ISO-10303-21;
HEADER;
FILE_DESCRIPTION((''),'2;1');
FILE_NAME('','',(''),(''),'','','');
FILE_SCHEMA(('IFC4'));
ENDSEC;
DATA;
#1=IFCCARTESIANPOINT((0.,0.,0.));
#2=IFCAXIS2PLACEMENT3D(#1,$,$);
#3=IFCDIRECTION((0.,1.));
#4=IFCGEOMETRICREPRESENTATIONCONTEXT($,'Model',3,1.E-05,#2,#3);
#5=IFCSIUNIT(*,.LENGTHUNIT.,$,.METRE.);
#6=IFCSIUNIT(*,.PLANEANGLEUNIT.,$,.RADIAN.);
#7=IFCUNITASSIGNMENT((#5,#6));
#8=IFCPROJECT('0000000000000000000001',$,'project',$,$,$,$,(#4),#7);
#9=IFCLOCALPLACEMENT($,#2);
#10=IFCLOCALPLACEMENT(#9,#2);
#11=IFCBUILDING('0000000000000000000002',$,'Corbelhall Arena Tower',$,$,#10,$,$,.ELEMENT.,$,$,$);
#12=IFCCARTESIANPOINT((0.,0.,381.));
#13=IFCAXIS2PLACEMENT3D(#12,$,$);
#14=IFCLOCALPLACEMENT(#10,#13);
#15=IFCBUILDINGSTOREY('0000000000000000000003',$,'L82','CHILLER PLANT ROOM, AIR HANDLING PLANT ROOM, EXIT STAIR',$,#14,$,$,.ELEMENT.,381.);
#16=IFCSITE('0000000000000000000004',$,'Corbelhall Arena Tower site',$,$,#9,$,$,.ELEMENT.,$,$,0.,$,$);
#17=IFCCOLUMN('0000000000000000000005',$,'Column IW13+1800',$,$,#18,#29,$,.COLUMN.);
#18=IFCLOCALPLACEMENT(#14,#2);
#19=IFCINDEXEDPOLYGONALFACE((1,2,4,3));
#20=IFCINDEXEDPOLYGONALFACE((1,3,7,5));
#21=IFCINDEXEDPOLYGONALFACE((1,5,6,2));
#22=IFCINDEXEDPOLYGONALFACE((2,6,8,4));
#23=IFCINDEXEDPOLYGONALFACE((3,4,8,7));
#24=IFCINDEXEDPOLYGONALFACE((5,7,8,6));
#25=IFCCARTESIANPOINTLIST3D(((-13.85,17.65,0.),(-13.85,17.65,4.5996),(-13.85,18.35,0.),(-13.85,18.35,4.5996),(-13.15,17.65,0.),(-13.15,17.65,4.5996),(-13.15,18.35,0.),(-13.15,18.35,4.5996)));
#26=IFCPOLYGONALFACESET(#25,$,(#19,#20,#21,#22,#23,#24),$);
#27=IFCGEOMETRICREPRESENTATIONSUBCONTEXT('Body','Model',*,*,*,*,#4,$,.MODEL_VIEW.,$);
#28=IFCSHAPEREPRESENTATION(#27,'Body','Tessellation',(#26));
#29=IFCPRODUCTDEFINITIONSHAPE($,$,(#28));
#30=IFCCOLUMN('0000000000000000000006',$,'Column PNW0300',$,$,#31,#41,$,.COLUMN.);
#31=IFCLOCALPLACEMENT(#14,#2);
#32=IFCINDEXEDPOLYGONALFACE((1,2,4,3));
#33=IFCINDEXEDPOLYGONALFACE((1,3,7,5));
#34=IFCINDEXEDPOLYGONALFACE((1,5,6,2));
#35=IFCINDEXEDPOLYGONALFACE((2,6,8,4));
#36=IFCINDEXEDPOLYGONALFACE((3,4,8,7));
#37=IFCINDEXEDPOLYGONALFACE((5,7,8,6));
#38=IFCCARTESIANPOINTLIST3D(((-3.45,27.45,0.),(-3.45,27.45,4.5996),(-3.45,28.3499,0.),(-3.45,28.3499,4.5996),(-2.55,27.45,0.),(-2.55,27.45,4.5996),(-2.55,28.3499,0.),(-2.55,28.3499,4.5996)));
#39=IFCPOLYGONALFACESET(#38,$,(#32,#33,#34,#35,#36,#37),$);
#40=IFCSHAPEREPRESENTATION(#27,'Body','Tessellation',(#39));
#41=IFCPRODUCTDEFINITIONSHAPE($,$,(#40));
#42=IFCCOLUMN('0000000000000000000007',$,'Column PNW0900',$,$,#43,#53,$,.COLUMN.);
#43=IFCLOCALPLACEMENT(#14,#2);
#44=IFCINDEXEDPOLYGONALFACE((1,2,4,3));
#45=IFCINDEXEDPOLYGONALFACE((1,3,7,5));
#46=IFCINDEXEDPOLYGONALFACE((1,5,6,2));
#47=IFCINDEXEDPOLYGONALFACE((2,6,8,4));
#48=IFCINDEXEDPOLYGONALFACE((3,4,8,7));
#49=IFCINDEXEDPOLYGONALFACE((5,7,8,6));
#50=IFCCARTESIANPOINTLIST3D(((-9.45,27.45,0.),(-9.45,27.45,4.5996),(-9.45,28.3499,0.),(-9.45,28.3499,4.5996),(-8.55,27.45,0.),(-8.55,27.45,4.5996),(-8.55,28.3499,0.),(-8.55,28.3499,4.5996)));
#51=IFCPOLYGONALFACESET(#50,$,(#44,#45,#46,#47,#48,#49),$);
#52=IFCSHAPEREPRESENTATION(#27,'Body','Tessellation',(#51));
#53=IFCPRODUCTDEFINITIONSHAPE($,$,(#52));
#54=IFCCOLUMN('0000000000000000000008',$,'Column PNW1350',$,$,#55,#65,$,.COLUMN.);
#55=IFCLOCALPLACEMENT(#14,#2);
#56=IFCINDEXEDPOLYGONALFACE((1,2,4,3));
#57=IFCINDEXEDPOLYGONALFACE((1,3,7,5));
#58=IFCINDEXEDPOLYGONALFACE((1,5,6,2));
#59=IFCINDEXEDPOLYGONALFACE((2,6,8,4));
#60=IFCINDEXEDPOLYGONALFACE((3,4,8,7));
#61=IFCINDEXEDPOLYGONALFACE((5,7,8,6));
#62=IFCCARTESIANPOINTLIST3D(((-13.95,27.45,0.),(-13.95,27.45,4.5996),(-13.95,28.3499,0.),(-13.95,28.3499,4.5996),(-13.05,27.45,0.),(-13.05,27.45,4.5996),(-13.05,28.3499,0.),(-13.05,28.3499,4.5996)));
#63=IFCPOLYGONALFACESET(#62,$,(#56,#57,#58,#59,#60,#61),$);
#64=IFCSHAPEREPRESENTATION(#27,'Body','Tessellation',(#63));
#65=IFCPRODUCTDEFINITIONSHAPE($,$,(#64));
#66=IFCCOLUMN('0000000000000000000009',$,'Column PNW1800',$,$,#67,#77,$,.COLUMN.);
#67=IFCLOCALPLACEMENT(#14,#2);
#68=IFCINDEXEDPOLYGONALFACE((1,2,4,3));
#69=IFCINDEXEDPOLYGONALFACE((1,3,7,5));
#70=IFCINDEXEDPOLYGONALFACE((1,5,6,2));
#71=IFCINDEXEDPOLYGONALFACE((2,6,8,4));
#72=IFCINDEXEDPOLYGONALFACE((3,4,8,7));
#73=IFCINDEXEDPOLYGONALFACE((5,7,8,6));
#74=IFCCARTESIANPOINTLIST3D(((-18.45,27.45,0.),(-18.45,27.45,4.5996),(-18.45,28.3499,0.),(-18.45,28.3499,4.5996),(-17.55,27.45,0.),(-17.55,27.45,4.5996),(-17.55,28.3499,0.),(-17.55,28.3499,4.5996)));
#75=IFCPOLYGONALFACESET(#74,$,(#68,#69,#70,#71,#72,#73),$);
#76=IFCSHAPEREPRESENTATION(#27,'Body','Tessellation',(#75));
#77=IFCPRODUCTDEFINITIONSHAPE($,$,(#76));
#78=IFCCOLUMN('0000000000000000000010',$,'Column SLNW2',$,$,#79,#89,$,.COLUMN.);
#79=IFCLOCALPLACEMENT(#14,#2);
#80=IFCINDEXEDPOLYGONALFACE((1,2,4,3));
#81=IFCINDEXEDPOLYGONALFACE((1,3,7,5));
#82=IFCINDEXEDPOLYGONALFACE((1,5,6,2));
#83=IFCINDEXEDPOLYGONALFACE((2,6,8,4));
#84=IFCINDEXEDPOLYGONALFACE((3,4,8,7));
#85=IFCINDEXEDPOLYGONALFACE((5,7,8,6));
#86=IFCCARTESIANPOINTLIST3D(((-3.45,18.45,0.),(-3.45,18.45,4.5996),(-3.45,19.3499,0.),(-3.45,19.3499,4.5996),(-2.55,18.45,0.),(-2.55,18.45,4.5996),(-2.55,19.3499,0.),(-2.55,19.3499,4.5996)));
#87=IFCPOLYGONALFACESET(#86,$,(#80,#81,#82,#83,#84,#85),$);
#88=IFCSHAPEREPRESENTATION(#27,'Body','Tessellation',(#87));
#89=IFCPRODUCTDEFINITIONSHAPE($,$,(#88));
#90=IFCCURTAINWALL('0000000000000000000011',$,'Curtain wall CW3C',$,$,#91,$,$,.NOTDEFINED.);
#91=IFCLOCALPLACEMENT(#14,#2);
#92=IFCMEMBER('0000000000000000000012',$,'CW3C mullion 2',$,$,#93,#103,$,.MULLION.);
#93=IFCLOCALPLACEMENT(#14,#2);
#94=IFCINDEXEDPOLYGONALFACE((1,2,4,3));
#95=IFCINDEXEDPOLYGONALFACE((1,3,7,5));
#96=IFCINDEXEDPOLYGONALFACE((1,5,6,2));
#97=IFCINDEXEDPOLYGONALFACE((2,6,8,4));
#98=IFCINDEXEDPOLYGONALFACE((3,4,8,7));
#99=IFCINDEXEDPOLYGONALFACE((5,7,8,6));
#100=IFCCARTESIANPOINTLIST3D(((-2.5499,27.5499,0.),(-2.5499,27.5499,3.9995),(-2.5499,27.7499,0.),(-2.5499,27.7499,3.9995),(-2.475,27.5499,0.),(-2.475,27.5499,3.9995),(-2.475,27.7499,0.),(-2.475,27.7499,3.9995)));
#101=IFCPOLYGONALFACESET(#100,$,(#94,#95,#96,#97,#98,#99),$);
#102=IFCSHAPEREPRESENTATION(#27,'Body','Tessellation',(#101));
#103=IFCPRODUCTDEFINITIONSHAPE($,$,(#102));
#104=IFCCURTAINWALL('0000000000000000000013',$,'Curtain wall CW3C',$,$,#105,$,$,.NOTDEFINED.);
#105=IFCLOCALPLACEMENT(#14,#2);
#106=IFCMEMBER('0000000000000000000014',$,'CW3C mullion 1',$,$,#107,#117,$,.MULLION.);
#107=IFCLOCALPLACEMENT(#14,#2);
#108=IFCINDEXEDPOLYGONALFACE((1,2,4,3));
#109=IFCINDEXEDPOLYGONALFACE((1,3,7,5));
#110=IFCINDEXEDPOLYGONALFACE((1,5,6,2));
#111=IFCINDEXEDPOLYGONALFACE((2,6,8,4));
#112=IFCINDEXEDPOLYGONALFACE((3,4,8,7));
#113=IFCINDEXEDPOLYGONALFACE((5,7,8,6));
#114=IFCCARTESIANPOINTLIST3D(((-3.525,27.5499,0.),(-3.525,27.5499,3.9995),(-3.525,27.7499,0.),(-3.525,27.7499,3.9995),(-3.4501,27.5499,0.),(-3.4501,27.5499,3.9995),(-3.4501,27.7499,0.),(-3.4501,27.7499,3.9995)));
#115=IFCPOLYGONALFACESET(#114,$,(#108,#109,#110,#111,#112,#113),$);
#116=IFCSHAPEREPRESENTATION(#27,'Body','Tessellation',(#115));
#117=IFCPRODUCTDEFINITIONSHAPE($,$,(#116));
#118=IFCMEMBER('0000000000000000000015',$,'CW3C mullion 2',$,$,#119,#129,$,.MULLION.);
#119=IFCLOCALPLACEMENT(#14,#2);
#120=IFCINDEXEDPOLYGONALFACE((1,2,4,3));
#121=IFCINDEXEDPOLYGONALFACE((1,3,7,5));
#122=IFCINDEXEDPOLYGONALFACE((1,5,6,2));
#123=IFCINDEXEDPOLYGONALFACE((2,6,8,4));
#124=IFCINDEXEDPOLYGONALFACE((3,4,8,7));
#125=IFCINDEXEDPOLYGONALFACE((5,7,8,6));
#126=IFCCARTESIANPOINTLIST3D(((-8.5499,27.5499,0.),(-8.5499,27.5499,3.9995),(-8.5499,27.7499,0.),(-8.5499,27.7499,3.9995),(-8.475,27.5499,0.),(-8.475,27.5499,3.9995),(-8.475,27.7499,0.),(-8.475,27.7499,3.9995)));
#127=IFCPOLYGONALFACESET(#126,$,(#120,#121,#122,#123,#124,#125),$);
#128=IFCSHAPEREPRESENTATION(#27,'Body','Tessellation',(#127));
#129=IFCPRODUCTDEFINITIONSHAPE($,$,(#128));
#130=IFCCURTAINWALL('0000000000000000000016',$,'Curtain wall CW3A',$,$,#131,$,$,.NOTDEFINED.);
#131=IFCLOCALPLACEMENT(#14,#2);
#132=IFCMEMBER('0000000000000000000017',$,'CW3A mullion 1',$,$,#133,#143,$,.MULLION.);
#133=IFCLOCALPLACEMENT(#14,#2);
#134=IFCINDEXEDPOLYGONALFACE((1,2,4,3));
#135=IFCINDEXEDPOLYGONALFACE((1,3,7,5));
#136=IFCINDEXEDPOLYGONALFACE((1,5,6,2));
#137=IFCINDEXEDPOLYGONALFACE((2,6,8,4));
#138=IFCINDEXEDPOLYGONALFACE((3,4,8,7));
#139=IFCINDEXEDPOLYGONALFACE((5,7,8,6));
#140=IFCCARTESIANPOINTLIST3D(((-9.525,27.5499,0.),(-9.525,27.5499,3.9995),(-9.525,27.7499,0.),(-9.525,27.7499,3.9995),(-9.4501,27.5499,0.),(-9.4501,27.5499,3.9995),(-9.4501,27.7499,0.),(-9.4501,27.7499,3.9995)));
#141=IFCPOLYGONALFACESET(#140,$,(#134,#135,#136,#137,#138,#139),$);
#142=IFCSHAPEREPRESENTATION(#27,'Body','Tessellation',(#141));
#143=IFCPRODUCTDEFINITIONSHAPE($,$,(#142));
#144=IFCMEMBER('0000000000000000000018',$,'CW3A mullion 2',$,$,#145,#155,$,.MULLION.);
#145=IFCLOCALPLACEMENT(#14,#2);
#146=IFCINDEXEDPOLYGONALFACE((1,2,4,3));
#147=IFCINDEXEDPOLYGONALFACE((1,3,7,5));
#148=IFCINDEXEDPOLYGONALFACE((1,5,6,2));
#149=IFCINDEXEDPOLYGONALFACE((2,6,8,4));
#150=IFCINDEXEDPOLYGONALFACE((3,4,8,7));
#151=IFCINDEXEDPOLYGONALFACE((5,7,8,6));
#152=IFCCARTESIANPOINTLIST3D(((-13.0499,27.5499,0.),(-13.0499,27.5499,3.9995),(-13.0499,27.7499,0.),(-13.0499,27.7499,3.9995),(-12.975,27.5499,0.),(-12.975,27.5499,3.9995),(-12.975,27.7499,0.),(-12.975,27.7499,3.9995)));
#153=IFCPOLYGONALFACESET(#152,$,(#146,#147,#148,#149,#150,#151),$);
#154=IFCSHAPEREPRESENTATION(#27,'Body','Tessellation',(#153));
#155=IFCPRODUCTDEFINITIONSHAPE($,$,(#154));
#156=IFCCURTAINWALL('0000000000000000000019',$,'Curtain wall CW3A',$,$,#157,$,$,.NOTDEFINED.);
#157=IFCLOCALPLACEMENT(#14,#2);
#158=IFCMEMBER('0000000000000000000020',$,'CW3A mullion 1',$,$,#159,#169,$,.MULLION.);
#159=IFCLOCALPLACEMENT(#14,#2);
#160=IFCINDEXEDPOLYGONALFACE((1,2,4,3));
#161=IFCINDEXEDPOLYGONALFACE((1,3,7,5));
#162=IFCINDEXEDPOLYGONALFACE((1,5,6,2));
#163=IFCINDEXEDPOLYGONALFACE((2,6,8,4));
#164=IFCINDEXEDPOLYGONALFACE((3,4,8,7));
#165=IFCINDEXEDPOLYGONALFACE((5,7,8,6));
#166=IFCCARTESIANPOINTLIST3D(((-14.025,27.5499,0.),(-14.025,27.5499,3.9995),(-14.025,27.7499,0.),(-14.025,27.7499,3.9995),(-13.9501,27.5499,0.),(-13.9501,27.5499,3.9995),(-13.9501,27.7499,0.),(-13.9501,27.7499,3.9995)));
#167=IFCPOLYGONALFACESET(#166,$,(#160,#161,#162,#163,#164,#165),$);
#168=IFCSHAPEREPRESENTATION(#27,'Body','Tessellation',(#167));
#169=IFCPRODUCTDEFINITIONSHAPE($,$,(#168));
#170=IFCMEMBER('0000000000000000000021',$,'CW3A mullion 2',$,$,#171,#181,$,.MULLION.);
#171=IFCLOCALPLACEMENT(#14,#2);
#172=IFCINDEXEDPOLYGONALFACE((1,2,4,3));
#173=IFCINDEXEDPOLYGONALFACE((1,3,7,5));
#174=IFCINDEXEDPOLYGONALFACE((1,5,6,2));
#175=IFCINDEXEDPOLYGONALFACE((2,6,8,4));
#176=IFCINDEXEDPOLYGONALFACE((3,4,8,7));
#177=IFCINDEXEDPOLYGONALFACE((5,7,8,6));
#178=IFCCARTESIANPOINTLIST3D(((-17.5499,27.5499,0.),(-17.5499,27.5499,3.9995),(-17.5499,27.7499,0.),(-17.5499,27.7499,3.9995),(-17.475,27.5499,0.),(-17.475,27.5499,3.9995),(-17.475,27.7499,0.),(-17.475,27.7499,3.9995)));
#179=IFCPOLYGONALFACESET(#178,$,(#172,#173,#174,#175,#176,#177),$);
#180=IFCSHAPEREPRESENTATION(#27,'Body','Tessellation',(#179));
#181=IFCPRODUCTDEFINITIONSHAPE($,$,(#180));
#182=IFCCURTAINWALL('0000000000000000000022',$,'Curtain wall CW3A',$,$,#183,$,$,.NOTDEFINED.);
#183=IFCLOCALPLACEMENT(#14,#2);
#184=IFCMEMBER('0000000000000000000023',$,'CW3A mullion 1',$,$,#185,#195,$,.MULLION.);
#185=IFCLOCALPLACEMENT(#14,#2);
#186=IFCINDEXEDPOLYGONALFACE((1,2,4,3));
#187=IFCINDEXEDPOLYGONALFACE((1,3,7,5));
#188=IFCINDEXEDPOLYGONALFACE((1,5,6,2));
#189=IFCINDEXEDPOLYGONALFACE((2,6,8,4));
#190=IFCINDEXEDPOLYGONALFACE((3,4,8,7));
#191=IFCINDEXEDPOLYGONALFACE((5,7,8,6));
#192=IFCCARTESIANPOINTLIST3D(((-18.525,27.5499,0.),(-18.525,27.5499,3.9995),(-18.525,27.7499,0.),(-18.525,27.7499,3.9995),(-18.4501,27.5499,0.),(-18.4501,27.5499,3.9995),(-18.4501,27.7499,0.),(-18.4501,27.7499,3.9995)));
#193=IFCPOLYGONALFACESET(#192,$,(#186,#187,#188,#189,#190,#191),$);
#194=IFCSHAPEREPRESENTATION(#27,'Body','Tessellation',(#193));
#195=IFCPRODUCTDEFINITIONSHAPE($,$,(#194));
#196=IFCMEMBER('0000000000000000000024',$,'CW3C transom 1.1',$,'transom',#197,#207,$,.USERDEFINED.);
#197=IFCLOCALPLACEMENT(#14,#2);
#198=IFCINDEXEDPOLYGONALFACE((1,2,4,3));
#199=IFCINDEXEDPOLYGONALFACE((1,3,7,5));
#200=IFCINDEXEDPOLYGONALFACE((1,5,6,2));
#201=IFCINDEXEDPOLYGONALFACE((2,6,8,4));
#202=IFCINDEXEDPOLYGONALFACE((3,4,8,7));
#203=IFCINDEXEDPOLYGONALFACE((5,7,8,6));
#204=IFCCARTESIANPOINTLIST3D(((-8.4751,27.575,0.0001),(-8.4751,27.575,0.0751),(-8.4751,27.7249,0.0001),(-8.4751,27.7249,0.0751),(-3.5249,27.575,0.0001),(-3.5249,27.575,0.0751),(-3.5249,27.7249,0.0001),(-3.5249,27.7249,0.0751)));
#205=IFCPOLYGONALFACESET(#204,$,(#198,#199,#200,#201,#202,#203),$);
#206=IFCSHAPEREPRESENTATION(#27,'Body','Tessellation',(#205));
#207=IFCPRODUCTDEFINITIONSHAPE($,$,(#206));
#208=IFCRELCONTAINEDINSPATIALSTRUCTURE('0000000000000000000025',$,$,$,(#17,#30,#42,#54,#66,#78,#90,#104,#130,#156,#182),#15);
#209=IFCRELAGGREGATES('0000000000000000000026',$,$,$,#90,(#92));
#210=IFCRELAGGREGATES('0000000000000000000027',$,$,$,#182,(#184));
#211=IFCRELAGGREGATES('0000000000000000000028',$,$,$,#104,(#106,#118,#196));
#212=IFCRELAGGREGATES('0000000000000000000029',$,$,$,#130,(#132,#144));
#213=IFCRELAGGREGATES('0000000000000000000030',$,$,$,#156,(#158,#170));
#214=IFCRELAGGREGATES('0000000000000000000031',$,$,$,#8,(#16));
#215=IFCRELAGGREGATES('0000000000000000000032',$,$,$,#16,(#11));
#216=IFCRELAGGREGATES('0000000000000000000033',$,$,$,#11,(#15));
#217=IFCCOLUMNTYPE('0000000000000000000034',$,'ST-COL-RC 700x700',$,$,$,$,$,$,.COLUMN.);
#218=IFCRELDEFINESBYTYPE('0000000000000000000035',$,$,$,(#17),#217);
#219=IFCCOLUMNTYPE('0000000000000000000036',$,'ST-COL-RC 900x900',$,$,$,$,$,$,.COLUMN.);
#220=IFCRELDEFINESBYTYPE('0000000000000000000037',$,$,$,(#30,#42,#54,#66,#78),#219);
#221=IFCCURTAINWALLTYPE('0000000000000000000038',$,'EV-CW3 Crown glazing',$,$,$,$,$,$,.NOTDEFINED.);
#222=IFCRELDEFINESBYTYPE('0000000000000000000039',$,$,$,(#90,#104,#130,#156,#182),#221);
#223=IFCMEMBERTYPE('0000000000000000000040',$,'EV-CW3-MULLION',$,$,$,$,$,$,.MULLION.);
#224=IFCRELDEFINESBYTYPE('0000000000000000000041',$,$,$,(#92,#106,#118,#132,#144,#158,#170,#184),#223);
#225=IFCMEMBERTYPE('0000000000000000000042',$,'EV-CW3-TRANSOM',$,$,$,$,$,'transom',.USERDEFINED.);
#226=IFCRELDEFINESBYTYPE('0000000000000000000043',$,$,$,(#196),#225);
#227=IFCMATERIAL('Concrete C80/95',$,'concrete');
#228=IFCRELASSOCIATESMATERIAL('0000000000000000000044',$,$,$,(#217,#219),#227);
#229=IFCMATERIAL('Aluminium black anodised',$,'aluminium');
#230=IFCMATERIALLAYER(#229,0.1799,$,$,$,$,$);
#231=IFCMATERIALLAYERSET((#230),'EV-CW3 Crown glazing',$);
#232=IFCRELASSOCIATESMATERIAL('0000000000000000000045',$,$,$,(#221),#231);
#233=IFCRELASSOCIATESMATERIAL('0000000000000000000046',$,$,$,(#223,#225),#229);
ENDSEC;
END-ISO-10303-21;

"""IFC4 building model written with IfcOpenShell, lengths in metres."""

from ifc_helpers import new_model, si_unit, direction, frame, origin, origin_2d, place, context, subcontext, project, spatial, rectangle, extrude, material, layer, layer_set, material_profile, profile_set, type_object, element, aggregate, save


model = new_model("IFC4")

# Units and contexts
model_context = context("Model", 3, precision=1e-05, world=origin(), true_north=direction((0.0, 1.0)))
body_context = subcontext(model_context, "Body", "Model", "MODEL_VIEW")
ifc_project = project(units=[si_unit("LENGTHUNIT", "METRE"), si_unit("PLANEANGLEUNIT", "RADIAN")], contexts=[model_context])

# Site, building, storey
site_placement = place(None, origin())
site = spatial("IfcSite", under=ifc_project, at=site_placement, Name="Corbelhall Arena Tower site", CompositionType="ELEMENT", RefElevation=0.0)
building_placement = place(site_placement, origin())
building = spatial("IfcBuilding", under=site, at=building_placement, Name="Corbelhall Arena Tower", CompositionType="ELEMENT")
storey_placement = place(building_placement, frame((0.0, 0.0, 381.0)))
storey = spatial("IfcBuildingStorey", under=building, at=storey_placement, Name="L82", Description="CHILLER PLANT ROOM, AIR HANDLING PLANT ROOM, EXIT STAIR", CompositionType="ELEMENT", Elevation=381.0)

# Columns
ifc_material_1 = material(Name="Concrete C80/95", Category="concrete")
ifc_material_profile_1 = material_profile(ifc_material_1, rectangle(XDim=0.7, YDim=0.7, at=origin_2d()))
ifc_profile_set_1 = profile_set([ifc_material_profile_1], Name="Concrete C80/95")
column_type_1 = type_object("IfcColumnType", Name="ST-COL-RC 700x700", PredefinedType="COLUMN", material=ifc_profile_set_1)
column_placement = place(storey_placement, frame((-13.5, 18.0, 0.0), z_axis=(0.0, 0.0, 1.0), x_axis=(1.0, 0.0, 0.0)))
element("IfcColumn", 1, at=column_placement, inside=storey, type_object=column_type_1, Name="Column IW13+1800", PredefinedType="COLUMN", context=body_context, shape_type="SweptSolid", body=[
    extrude(rectangle(XDim=0.7, YDim=0.7, at=origin_2d()), origin(), (0.0, 0.0, 1.0), 4.5996),
])
ifc_material_profile_2 = material_profile(ifc_material_1, rectangle(XDim=0.8999, YDim=0.8999, at=origin_2d()))
ifc_profile_set_2 = profile_set([ifc_material_profile_2], Name="Concrete C80/95")
column_type_2 = type_object("IfcColumnType", Name="ST-COL-RC 900x900", PredefinedType="COLUMN", material=ifc_profile_set_2)
for number, where, z_axis, x_axis, name in (
    (2, (-3.0, 27.8999, 0.0), (0.0, 0.0, 1.0), (1.0, 0.0, 0.0), "Column PNW0300"),
    (3, (-9.0, 27.8999, 0.0), (0.0, 0.0, 1.0), (1.0, 0.0, 0.0), "Column PNW0900"),
    (4, (-13.5, 27.8999, 0.0), (0.0, 0.0, 1.0), (1.0, 0.0, 0.0), "Column PNW1350"),
    (5, (-18.0, 27.8999, 0.0), (0.0, 0.0, 1.0), (1.0, 0.0, 0.0), "Column PNW1800"),
    (6, (-3.0, 18.8999, 0.0), (0.0, 0.0, 1.0), (1.0, 0.0, 0.0), "Column SLNW2"),
):
    element("IfcColumn", number, at=place(storey_placement, frame(where, z_axis=z_axis, x_axis=x_axis)), inside=storey, type_object=column_type_2, Name=name, PredefinedType="COLUMN", context=body_context, shape_type="SweptSolid", body=[
        extrude(rectangle(XDim=0.8999, YDim=0.8999, at=origin_2d()), origin(), (0.0, 0.0, 1.0), 4.5996),
    ])

# Curtain wall, member
ifc_material_2 = material(Name="Aluminium black anodised", Category="aluminium")
ifc_layer_1 = layer(ifc_material_2, 0.1799)
ifc_layer_set_1 = layer_set([ifc_layer_1], Name="EV-CW3 Crown glazing")
curtain_wall_type = type_object("IfcCurtainWallType", Name="EV-CW3 Crown glazing", PredefinedType="NOTDEFINED", material=ifc_layer_set_1)
curtain_wall_1_placement = place(storey_placement, origin())
curtain_wall_1 = element("IfcCurtainWall", 7, at=curtain_wall_1_placement, inside=storey, type_object=curtain_wall_type, Name="Curtain wall CW3C", PredefinedType="NOTDEFINED")
ifc_material_profile_3 = material_profile(ifc_material_2, rectangle(XDim=0.2, YDim=0.075, at=origin_2d()))
ifc_profile_set_3 = profile_set([ifc_material_profile_3], Name="Aluminium black anodised")
member_type_1 = type_object("IfcMemberType", Name="EV-CW3-MULLION", PredefinedType="MULLION", material=ifc_profile_set_3)
member_1_placement = place(storey_placement, frame((-2.5125, 27.6499, 0.0), z_axis=(0.0, 0.0, 1.0), x_axis=(0.0, -1.0, 0.0)))
member_1 = element("IfcMember", 8, at=member_1_placement, type_object=member_type_1, Name="CW3C mullion 2", PredefinedType="MULLION", context=body_context, shape_type="SweptSolid", body=[
    extrude(rectangle(XDim=0.2, YDim=0.075, at=origin_2d()), origin(), (0.0, 0.0, 1.0), 3.9995),
])
aggregate(curtain_wall_1, [member_1])

# Curtain walls, members
curtain_wall_2_placement = place(storey_placement, origin())
curtain_wall_2 = element("IfcCurtainWall", 9, at=curtain_wall_2_placement, inside=storey, type_object=curtain_wall_type, Name="Curtain wall CW3C", PredefinedType="NOTDEFINED")
member_2_placement = place(storey_placement, frame((-3.4875, 27.6499, 0.0), z_axis=(0.0, 0.0, 1.0), x_axis=(0.0, -1.0, 0.0)))
member_2 = element("IfcMember", 10, at=member_2_placement, type_object=member_type_1, Name="CW3C mullion 1", PredefinedType="MULLION", context=body_context, shape_type="SweptSolid", body=[
    extrude(rectangle(XDim=0.2, YDim=0.075, at=origin_2d()), origin(), (0.0, 0.0, 1.0), 3.9995),
])
member_3_placement = place(storey_placement, frame((-8.5125, 27.6499, 0.0), z_axis=(0.0, 0.0, 1.0), x_axis=(0.0, -1.0, 0.0)))
member_3 = element("IfcMember", 11, at=member_3_placement, type_object=member_type_1, Name="CW3C mullion 2", PredefinedType="MULLION", context=body_context, shape_type="SweptSolid", body=[
    extrude(rectangle(XDim=0.2, YDim=0.075, at=origin_2d()), origin(), (0.0, 0.0, 1.0), 3.9995),
])
curtain_wall_3_placement = place(storey_placement, origin())
curtain_wall_3 = element("IfcCurtainWall", 12, at=curtain_wall_3_placement, inside=storey, type_object=curtain_wall_type, Name="Curtain wall CW3A", PredefinedType="NOTDEFINED")
member_4_placement = place(storey_placement, frame((-9.4875, 27.6499, 0.0), z_axis=(0.0, 0.0, 1.0), x_axis=(0.0, -1.0, 0.0)))
member_4 = element("IfcMember", 13, at=member_4_placement, type_object=member_type_1, Name="CW3A mullion 1", PredefinedType="MULLION", context=body_context, shape_type="SweptSolid", body=[
    extrude(rectangle(XDim=0.2, YDim=0.075, at=origin_2d()), origin(), (0.0, 0.0, 1.0), 3.9995),
])
member_5_placement = place(storey_placement, frame((-13.0125, 27.6499, 0.0), z_axis=(0.0, 0.0, 1.0), x_axis=(0.0, -1.0, 0.0)))
member_5 = element("IfcMember", 14, at=member_5_placement, type_object=member_type_1, Name="CW3A mullion 2", PredefinedType="MULLION", context=body_context, shape_type="SweptSolid", body=[
    extrude(rectangle(XDim=0.2, YDim=0.075, at=origin_2d()), origin(), (0.0, 0.0, 1.0), 3.9995),
])
curtain_wall_4_placement = place(storey_placement, origin())
curtain_wall_4 = element("IfcCurtainWall", 15, at=curtain_wall_4_placement, inside=storey, type_object=curtain_wall_type, Name="Curtain wall CW3A", PredefinedType="NOTDEFINED")
member_6_placement = place(storey_placement, frame((-13.9875, 27.6499, 0.0), z_axis=(0.0, 0.0, 1.0), x_axis=(0.0, -1.0, 0.0)))
member_6 = element("IfcMember", 16, at=member_6_placement, type_object=member_type_1, Name="CW3A mullion 1", PredefinedType="MULLION", context=body_context, shape_type="SweptSolid", body=[
    extrude(rectangle(XDim=0.2, YDim=0.075, at=origin_2d()), origin(), (0.0, 0.0, 1.0), 3.9995),
])
member_7_placement = place(storey_placement, frame((-17.5125, 27.6499, 0.0), z_axis=(0.0, 0.0, 1.0), x_axis=(0.0, -1.0, 0.0)))
member_7 = element("IfcMember", 17, at=member_7_placement, type_object=member_type_1, Name="CW3A mullion 2", PredefinedType="MULLION", context=body_context, shape_type="SweptSolid", body=[
    extrude(rectangle(XDim=0.2, YDim=0.075, at=origin_2d()), origin(), (0.0, 0.0, 1.0), 3.9995),
])

# Curtain wall, member
curtain_wall_5_placement = place(storey_placement, origin())
curtain_wall_5 = element("IfcCurtainWall", 18, at=curtain_wall_5_placement, inside=storey, type_object=curtain_wall_type, Name="Curtain wall CW3A", PredefinedType="NOTDEFINED")
member_8_placement = place(storey_placement, frame((-18.4875, 27.6499, 0.0), z_axis=(0.0, 0.0, 1.0), x_axis=(0.0, -1.0, 0.0)))
member_8 = element("IfcMember", 19, at=member_8_placement, type_object=member_type_1, Name="CW3A mullion 1", PredefinedType="MULLION", context=body_context, shape_type="SweptSolid", body=[
    extrude(rectangle(XDim=0.2, YDim=0.075, at=origin_2d()), origin(), (0.0, 0.0, 1.0), 3.9995),
])

# Member
ifc_material_profile_4 = material_profile(ifc_material_2, rectangle(XDim=0.1499, YDim=0.075, at=origin_2d()))
ifc_profile_set_4 = profile_set([ifc_material_profile_4], Name="Aluminium black anodised")
member_type_2 = type_object("IfcMemberType", Name="EV-CW3-TRANSOM", ElementType="transom", PredefinedType="USERDEFINED", material=ifc_profile_set_4)
member_9_placement = place(storey_placement, frame((-3.5249, 27.6499, 0.0376), z_axis=(-1.0, 0.0, 0.0), x_axis=(0.0, -1.0, 0.0)))
member_9 = element("IfcMember", 20, at=member_9_placement, type_object=member_type_2, Name="CW3C transom 1.1", ObjectType="transom", PredefinedType="USERDEFINED", context=body_context, shape_type="SweptSolid", body=[
    extrude(rectangle(XDim=0.1499, YDim=0.075, at=origin_2d()), origin(), (0.0, 0.0, 1.0), 4.9502),
])
aggregate(curtain_wall_5, [member_8])

aggregate(curtain_wall_2, [member_2, member_3, member_9])
aggregate(curtain_wall_3, [member_4, member_5])
aggregate(curtain_wall_4, [member_6, member_7])

save(model, "model.ifc")
